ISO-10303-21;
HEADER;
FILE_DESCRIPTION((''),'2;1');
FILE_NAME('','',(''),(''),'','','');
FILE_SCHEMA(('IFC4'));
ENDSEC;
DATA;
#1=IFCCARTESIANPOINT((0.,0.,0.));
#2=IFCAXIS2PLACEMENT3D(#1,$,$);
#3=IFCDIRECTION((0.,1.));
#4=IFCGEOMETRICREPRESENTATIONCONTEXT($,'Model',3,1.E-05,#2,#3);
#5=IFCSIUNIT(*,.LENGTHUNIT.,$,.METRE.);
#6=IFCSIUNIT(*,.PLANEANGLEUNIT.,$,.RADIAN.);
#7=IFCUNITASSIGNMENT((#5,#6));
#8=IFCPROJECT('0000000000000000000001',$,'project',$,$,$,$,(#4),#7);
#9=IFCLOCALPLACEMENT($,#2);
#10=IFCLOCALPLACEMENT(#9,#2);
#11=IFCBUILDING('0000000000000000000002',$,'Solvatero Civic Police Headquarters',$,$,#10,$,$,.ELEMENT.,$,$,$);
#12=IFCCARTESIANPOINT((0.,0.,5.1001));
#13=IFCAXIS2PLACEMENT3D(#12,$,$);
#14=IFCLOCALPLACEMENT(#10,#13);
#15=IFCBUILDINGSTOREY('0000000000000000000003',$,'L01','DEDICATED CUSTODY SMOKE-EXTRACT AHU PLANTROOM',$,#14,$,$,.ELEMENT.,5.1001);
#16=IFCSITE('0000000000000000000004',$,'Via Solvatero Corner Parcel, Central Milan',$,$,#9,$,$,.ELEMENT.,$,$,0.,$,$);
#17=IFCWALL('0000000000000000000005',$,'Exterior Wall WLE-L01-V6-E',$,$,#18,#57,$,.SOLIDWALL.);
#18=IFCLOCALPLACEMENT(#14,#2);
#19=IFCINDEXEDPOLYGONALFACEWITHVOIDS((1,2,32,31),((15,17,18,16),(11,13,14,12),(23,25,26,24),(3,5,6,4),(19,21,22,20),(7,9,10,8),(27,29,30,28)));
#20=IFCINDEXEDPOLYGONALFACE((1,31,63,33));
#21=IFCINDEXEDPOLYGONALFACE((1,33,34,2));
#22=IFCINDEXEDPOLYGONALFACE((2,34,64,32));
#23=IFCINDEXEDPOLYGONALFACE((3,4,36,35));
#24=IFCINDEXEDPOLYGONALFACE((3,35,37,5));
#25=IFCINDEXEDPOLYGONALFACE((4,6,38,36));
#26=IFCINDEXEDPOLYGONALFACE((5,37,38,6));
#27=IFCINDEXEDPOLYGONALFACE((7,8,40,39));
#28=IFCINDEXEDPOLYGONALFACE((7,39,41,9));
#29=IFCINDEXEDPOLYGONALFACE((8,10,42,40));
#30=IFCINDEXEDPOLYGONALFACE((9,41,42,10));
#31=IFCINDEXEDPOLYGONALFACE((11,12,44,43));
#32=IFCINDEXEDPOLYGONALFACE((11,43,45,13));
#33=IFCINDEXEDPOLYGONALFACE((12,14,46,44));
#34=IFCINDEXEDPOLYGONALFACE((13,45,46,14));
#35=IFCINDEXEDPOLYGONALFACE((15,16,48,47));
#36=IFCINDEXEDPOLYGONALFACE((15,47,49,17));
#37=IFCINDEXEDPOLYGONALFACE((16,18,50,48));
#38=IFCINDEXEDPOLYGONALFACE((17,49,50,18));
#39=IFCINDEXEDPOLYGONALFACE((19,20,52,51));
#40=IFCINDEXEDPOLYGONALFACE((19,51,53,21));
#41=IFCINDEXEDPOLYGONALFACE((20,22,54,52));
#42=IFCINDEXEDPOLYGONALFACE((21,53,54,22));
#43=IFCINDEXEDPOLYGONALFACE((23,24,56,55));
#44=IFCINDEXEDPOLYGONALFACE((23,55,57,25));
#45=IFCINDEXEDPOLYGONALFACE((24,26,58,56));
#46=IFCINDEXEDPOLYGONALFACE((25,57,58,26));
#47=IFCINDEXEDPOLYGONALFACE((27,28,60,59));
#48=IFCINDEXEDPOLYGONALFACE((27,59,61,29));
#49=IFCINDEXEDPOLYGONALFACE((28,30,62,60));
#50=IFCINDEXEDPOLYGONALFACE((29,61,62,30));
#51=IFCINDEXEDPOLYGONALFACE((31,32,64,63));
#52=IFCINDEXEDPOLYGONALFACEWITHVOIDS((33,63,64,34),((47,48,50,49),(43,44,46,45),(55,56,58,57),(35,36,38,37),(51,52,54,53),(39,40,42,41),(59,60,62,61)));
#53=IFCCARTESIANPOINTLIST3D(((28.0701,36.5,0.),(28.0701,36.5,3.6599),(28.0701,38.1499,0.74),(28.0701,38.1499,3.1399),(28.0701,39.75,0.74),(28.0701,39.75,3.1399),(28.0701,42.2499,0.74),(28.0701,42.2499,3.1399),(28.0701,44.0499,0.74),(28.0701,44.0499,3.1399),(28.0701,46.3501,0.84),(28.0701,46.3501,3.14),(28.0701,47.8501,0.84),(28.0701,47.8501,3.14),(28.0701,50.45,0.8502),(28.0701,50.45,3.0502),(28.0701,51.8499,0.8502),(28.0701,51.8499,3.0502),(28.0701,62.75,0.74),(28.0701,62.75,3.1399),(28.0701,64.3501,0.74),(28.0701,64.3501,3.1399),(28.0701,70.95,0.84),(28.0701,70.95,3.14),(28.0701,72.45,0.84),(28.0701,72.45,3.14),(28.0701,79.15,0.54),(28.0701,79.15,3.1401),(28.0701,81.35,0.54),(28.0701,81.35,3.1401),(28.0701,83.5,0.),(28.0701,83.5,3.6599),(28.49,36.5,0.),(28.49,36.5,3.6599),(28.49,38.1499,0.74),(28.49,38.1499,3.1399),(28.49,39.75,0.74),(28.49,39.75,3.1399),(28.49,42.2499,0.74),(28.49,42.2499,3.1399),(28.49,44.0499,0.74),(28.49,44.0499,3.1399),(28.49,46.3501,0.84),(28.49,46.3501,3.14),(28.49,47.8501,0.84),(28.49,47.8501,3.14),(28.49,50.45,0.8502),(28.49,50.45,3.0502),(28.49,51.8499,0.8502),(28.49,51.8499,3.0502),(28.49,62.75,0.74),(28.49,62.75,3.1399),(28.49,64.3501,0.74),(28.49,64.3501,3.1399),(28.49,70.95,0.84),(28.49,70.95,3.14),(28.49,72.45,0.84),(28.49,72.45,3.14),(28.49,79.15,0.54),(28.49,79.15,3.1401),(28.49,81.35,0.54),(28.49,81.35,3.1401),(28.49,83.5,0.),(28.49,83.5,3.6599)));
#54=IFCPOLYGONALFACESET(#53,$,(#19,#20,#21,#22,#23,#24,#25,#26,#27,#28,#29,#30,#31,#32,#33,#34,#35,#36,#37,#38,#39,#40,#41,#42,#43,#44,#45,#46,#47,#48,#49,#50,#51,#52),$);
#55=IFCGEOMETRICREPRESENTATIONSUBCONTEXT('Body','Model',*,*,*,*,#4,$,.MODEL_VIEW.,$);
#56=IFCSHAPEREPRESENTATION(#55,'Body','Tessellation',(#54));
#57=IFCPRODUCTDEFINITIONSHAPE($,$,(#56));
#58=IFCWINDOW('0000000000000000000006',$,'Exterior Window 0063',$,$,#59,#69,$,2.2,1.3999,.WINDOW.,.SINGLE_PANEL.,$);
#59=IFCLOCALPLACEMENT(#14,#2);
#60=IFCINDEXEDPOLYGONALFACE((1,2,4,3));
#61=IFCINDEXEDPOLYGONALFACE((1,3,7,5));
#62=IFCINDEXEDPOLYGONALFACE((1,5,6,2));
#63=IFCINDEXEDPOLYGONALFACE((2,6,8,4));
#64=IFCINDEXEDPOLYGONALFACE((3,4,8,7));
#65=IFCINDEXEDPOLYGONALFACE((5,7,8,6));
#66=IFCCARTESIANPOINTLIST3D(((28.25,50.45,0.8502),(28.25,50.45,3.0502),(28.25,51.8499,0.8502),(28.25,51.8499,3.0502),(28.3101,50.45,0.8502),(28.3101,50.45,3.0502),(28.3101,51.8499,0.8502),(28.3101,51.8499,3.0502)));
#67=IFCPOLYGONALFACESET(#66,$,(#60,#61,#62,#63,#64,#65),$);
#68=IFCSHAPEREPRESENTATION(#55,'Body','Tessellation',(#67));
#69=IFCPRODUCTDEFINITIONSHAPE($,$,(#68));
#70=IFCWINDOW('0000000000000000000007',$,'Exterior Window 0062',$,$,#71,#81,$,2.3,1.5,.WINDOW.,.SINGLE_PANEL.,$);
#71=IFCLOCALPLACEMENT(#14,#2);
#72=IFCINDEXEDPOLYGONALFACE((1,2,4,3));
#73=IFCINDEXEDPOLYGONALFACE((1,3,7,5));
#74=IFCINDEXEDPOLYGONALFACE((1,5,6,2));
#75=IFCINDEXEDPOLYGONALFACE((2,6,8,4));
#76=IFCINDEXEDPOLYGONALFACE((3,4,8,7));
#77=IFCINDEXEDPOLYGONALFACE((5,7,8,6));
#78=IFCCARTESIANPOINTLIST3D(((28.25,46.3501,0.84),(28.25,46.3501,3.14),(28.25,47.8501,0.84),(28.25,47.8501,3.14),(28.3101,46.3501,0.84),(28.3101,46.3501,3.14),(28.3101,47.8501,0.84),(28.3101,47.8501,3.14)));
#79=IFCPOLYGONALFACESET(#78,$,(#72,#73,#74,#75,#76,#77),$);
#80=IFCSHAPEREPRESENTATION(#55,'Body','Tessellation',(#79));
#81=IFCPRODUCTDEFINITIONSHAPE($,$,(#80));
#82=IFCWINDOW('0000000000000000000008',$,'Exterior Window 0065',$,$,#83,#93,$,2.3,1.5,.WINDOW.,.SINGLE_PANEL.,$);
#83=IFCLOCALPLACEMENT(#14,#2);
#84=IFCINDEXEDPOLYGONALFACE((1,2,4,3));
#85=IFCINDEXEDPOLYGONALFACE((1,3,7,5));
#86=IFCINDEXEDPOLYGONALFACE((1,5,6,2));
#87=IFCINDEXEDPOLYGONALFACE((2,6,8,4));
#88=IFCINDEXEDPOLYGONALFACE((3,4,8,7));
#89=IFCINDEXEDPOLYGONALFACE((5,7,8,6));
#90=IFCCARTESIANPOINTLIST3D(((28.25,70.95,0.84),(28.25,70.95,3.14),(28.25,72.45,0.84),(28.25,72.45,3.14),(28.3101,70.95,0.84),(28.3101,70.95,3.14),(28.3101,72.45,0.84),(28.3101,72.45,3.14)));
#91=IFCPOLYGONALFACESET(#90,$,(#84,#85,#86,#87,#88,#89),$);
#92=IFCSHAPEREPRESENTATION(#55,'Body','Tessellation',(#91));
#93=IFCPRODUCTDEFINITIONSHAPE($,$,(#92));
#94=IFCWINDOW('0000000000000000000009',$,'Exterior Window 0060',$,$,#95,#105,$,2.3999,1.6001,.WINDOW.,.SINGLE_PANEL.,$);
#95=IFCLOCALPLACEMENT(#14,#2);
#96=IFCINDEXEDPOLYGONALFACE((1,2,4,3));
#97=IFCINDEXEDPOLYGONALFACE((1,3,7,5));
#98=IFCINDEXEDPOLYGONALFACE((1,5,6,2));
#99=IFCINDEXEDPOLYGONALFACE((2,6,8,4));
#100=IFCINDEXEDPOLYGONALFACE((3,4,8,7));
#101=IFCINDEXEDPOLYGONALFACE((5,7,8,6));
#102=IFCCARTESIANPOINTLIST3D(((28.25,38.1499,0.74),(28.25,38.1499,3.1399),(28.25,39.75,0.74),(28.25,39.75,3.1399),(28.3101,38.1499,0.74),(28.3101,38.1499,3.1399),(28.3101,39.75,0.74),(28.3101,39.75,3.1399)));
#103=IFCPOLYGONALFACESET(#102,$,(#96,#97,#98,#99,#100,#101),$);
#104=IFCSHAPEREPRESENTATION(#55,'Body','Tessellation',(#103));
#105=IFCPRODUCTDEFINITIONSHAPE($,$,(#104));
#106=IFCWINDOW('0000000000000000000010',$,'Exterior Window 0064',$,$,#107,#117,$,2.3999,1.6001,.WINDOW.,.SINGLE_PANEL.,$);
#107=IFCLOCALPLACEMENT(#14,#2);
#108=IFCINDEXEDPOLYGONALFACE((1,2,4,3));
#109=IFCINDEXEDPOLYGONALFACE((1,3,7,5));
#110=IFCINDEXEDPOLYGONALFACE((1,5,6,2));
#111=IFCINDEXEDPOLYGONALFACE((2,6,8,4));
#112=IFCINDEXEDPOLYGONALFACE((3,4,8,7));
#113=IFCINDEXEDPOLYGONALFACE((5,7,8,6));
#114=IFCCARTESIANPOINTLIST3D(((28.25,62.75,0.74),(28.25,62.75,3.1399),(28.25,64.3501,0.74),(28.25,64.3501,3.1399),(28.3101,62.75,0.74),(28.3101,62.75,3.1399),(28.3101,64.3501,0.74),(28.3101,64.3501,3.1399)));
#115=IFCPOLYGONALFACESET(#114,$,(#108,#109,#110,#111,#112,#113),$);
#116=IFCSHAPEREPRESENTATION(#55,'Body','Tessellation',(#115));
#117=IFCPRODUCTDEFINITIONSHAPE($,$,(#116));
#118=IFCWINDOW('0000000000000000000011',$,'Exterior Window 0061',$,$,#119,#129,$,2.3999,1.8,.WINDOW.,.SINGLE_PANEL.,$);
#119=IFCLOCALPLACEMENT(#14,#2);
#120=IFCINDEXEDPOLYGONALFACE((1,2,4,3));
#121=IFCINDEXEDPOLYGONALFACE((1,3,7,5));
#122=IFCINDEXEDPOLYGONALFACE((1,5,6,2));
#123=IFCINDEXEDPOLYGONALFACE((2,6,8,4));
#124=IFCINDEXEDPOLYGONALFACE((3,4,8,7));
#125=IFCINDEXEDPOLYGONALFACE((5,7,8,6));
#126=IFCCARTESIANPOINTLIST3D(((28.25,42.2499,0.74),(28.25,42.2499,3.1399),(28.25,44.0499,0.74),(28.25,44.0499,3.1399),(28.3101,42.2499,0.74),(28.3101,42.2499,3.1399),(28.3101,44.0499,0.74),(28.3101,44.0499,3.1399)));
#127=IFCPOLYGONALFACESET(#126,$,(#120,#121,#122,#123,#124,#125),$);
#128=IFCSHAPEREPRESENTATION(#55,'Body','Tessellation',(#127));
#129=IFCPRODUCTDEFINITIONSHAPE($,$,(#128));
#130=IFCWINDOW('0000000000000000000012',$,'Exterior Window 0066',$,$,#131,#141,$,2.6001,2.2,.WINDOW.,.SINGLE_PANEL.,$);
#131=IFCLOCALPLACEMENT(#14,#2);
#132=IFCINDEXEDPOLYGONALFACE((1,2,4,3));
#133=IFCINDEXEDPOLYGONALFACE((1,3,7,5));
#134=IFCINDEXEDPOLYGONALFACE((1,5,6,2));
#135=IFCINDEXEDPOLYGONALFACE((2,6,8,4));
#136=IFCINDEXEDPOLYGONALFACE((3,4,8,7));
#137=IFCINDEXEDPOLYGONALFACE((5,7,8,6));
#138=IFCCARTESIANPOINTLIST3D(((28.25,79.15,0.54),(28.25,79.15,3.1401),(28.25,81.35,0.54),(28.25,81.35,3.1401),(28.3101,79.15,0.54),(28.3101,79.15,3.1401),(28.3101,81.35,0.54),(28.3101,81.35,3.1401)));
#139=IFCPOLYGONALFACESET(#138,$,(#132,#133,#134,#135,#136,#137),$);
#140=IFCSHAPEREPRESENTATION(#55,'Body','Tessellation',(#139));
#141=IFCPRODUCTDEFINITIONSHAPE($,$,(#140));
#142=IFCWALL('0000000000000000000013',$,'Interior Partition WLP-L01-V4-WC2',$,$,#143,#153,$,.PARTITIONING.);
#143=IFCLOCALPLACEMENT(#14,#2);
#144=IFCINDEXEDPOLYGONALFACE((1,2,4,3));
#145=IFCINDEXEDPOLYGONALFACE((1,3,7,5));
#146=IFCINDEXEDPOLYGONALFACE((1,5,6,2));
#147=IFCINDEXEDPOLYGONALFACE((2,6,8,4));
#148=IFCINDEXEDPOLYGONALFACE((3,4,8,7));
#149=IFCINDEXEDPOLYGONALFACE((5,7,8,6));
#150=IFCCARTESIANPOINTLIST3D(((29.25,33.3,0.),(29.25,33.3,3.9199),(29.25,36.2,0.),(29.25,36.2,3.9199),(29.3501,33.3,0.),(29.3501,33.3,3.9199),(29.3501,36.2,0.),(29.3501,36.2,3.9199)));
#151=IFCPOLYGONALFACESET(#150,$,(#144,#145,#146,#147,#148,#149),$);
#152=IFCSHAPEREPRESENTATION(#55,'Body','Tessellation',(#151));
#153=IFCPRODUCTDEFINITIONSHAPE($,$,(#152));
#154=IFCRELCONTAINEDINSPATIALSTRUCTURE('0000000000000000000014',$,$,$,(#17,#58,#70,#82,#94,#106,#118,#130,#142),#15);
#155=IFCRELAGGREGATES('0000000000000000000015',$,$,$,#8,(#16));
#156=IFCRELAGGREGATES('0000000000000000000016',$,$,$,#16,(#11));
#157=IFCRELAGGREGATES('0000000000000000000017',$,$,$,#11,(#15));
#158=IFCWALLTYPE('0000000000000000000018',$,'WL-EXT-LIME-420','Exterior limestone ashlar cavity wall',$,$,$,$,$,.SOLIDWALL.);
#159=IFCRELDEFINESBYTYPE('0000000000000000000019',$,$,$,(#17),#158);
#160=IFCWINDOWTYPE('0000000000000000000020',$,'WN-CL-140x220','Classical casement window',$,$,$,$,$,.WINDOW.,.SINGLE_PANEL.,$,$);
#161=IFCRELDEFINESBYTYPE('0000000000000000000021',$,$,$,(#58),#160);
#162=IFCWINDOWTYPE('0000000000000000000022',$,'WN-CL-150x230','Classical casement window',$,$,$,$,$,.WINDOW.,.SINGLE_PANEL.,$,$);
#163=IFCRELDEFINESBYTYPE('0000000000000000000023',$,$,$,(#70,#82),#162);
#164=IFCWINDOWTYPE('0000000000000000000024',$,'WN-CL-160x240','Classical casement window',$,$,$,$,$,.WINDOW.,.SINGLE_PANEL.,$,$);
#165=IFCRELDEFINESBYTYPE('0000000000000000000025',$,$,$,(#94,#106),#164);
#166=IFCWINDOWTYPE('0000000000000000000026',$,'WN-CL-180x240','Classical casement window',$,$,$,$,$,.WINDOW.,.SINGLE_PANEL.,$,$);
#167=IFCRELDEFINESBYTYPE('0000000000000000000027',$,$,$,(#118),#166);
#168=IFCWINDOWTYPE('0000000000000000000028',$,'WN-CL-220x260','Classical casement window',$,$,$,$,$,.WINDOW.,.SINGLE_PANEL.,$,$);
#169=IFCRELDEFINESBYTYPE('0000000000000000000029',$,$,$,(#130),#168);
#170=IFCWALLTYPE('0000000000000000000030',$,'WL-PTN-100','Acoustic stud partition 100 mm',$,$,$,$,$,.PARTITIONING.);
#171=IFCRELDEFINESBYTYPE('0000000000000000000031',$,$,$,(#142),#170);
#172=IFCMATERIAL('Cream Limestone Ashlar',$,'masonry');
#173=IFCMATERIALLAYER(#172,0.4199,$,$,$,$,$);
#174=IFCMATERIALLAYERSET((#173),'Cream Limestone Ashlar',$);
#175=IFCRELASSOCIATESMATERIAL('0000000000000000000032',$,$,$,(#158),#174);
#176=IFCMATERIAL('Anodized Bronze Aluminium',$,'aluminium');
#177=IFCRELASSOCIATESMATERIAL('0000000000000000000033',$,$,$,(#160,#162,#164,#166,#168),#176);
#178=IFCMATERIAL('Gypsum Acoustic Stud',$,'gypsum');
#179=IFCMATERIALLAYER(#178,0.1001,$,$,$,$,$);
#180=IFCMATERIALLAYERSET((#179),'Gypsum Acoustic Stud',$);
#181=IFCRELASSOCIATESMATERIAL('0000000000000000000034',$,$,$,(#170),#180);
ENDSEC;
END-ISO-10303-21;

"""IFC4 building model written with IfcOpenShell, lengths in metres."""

from ifc_helpers import new_model, si_unit, direction, frame, frame_2d, origin, place, context, subcontext, project, spatial, rectangle, extrude, material, layer, layer_set, type_object, element, fill, save


model = new_model("IFC4")

# Units and contexts
model_context = context("Model", 3, precision=1e-05, world=origin(), true_north=direction((0.0, 1.0)))
body_context = subcontext(model_context, "Body", "Model", "MODEL_VIEW")
ifc_project = project(units=[si_unit("LENGTHUNIT", "METRE"), si_unit("PLANEANGLEUNIT", "RADIAN")], contexts=[model_context])

# Site, building, storey
site_placement = place(None, origin())
site = spatial("IfcSite", under=ifc_project, at=site_placement, Name="Via Solvatero Corner Parcel, Central Milan", CompositionType="ELEMENT", RefElevation=0.0)
building_placement = place(site_placement, origin())
building = spatial("IfcBuilding", under=site, at=building_placement, Name="Solvatero Civic Police Headquarters", CompositionType="ELEMENT")
storey_placement = place(building_placement, frame((0.0, 0.0, 5.1001)))
storey = spatial("IfcBuildingStorey", under=building, at=storey_placement, Name="L01", Description="DEDICATED CUSTODY SMOKE-EXTRACT AHU PLANTROOM", CompositionType="ELEMENT", Elevation=5.1001)

# Shared definitions
ifc_material_1 = material(Name="Anodized Bronze Aluminium", Category="aluminium")

# Shared definitions
ifc_material_2 = material(Name="Cream Limestone Ashlar", Category="masonry")
ifc_layer_1 = layer(ifc_material_2, 0.4199)
ifc_layer_set_1 = layer_set([ifc_layer_1], Name="Cream Limestone Ashlar")
wall_type_1 = type_object("IfcWallType", Name="WL-EXT-LIME-420", Description="Exterior limestone ashlar cavity wall", PredefinedType="SOLIDWALL", material=ifc_layer_set_1)

# Wall, openings, windows
wall_1_placement = place(storey_placement, frame((28.28, 36.5, 0.0), z_axis=(0.0, 0.0, 1.0), x_axis=(0.0, 1.0, 0.0)))
wall_1 = element("IfcWall", 1, at=wall_1_placement, inside=storey, type_object=wall_type_1, Name="Exterior Wall WLE-L01-V6-E", PredefinedType="SOLIDWALL", context=body_context, shape_type="SweptSolid", body=[
    extrude(rectangle(XDim=47.0, YDim=0.4199, at=frame_2d((23.5, 0.0))), origin(), (0.0, 0.0, 1.0), 3.6599),
])
opening_1_placement = place(wall_1_placement, frame((1.6499, 0.0, 0.74)))
opening_1 = element("IfcOpeningElement", 2, at=opening_1_placement, cuts=wall_1, PredefinedType="OPENING", context=body_context, shape_type="SweptSolid", body=[
    extrude(rectangle(XDim=1.6001, YDim=2.3999, at=frame_2d((0.8, 1.2))), frame((0.0, 0.22, 0.0), z_axis=(0.0, -1.0, 0.0), x_axis=(1.0, 0.0, 0.0)), (0.0, 0.0, 1.0), 0.4399),
])
opening_2_placement = place(wall_1_placement, frame((5.75, 0.0, 0.74)))
opening_2 = element("IfcOpeningElement", 3, at=opening_2_placement, cuts=wall_1, PredefinedType="OPENING", context=body_context, shape_type="SweptSolid", body=[
    extrude(rectangle(XDim=1.8, YDim=2.3999, at=frame_2d((0.8999, 1.2))), frame((0.0, 0.22, 0.0), z_axis=(0.0, -1.0, 0.0), x_axis=(1.0, 0.0, 0.0)), (0.0, 0.0, 1.0), 0.4399),
])
opening_3_placement = place(wall_1_placement, frame((9.8501, 0.0, 0.8401)))
opening_3 = element("IfcOpeningElement", 4, at=opening_3_placement, cuts=wall_1, PredefinedType="OPENING", context=body_context, shape_type="SweptSolid", body=[
    extrude(rectangle(XDim=1.5, YDim=2.3, at=frame_2d((0.75, 1.1499))), frame((0.0, 0.22, 0.0), z_axis=(0.0, -1.0, 0.0), x_axis=(1.0, 0.0, 0.0)), (0.0, 0.0, 1.0), 0.4399),
])
opening_4_placement = place(wall_1_placement, frame((13.95, 0.0, 0.8501)))
opening_4 = element("IfcOpeningElement", 5, at=opening_4_placement, cuts=wall_1, PredefinedType="OPENING", context=body_context, shape_type="SweptSolid", body=[
    extrude(rectangle(XDim=1.3999, YDim=2.2, at=frame_2d((0.7, 1.1001))), frame((0.0, 0.22, 0.0), z_axis=(0.0, -1.0, 0.0), x_axis=(1.0, 0.0, 0.0)), (0.0, 0.0, 1.0), 0.4399),
])
opening_5_placement = place(wall_1_placement, frame((26.25, 0.0, 0.74)))
opening_5 = element("IfcOpeningElement", 6, at=opening_5_placement, cuts=wall_1, PredefinedType="OPENING", context=body_context, shape_type="SweptSolid", body=[
    extrude(rectangle(XDim=1.6001, YDim=2.3999, at=frame_2d((0.8, 1.2))), frame((0.0, 0.22, 0.0), z_axis=(0.0, -1.0, 0.0), x_axis=(1.0, 0.0, 0.0)), (0.0, 0.0, 1.0), 0.4399),
])
opening_6_placement = place(wall_1_placement, frame((34.45, 0.0, 0.8401)))
opening_6 = element("IfcOpeningElement", 7, at=opening_6_placement, cuts=wall_1, PredefinedType="OPENING", context=body_context, shape_type="SweptSolid", body=[
    extrude(rectangle(XDim=1.5, YDim=2.3, at=frame_2d((0.75, 1.1499))), frame((0.0, 0.22, 0.0), z_axis=(0.0, -1.0, 0.0), x_axis=(1.0, 0.0, 0.0)), (0.0, 0.0, 1.0), 0.4399),
])
opening_7_placement = place(wall_1_placement, frame((42.6499, 0.0, 0.54)))
opening_7 = element("IfcOpeningElement", 8, at=opening_7_placement, cuts=wall_1, PredefinedType="OPENING", context=body_context, shape_type="SweptSolid", body=[
    extrude(rectangle(XDim=2.2, YDim=2.6001, at=frame_2d((1.1001, 1.3))), frame((0.0, 0.22, 0.0), z_axis=(0.0, -1.0, 0.0), x_axis=(1.0, 0.0, 0.0)), (0.0, 0.0, 1.0), 0.4399),
])
window_type_1 = type_object("IfcWindowType", Name="WN-CL-140x220", Description="Classical casement window", PartitioningType="SINGLE_PANEL", PredefinedType="WINDOW", material=ifc_material_1)
window_1_placement = place(opening_4_placement, origin())
window_1 = element("IfcWindow", 9, at=window_1_placement, inside=storey, type_object=window_type_1, Name="Exterior Window 0063", OverallHeight=2.2, OverallWidth=1.3999, PartitioningType="SINGLE_PANEL", PredefinedType="WINDOW", context=body_context, shape_type="SweptSolid", body=[
    extrude(rectangle(XDim=1.3999, YDim=2.2, at=frame_2d((0.7, 1.1001))), frame((0.0, 0.03, 0.0), z_axis=(0.0, -1.0, 0.0), x_axis=(1.0, 0.0, 0.0)), (0.0, 0.0, 1.0), 0.0601),
])
fill(opening_4, window_1)
window_type_2 = type_object("IfcWindowType", Name="WN-CL-150x230", Description="Classical casement window", PartitioningType="SINGLE_PANEL", PredefinedType="WINDOW", material=ifc_material_1)
window_2_placement = place(opening_3_placement, origin())
window_2 = element("IfcWindow", 10, at=window_2_placement, inside=storey, type_object=window_type_2, Name="Exterior Window 0062", OverallHeight=2.3, OverallWidth=1.5, PartitioningType="SINGLE_PANEL", PredefinedType="WINDOW", context=body_context, shape_type="SweptSolid", body=[
    extrude(rectangle(XDim=1.5, YDim=2.3, at=frame_2d((0.75, 1.1499))), frame((0.0, 0.03, 0.0), z_axis=(0.0, -1.0, 0.0), x_axis=(1.0, 0.0, 0.0)), (0.0, 0.0, 1.0), 0.0601),
])
fill(opening_3, window_2)
window_3_placement = place(opening_6_placement, origin())
window_3 = element("IfcWindow", 11, at=window_3_placement, inside=storey, type_object=window_type_2, Name="Exterior Window 0065", OverallHeight=2.3, OverallWidth=1.5, PartitioningType="SINGLE_PANEL", PredefinedType="WINDOW", context=body_context, shape_type="SweptSolid", body=[
    extrude(rectangle(XDim=1.5, YDim=2.3, at=frame_2d((0.75, 1.1499))), frame((0.0, 0.03, 0.0), z_axis=(0.0, -1.0, 0.0), x_axis=(1.0, 0.0, 0.0)), (0.0, 0.0, 1.0), 0.0601),
])
fill(opening_6, window_3)
window_type_3 = type_object("IfcWindowType", Name="WN-CL-160x240", Description="Classical casement window", PartitioningType="SINGLE_PANEL", PredefinedType="WINDOW", material=ifc_material_1)
window_4_placement = place(opening_1_placement, origin())
window_4 = element("IfcWindow", 12, at=window_4_placement, inside=storey, type_object=window_type_3, Name="Exterior Window 0060", OverallHeight=2.3999, OverallWidth=1.6001, PartitioningType="SINGLE_PANEL", PredefinedType="WINDOW", context=body_context, shape_type="SweptSolid", body=[
    extrude(rectangle(XDim=1.6001, YDim=2.3999, at=frame_2d((0.8, 1.2))), frame((0.0, 0.03, 0.0), z_axis=(0.0, -1.0, 0.0), x_axis=(1.0, 0.0, 0.0)), (0.0, 0.0, 1.0), 0.0601),
])
fill(opening_1, window_4)
window_5_placement = place(opening_5_placement, origin())
window_5 = element("IfcWindow", 13, at=window_5_placement, inside=storey, type_object=window_type_3, Name="Exterior Window 0064", OverallHeight=2.3999, OverallWidth=1.6001, PartitioningType="SINGLE_PANEL", PredefinedType="WINDOW", context=body_context, shape_type="SweptSolid", body=[
    extrude(rectangle(XDim=1.6001, YDim=2.3999, at=frame_2d((0.8, 1.2))), frame((0.0, 0.03, 0.0), z_axis=(0.0, -1.0, 0.0), x_axis=(1.0, 0.0, 0.0)), (0.0, 0.0, 1.0), 0.0601),
])
fill(opening_5, window_5)
window_type_4 = type_object("IfcWindowType", Name="WN-CL-180x240", Description="Classical casement window", PartitioningType="SINGLE_PANEL", PredefinedType="WINDOW", material=ifc_material_1)
window_6_placement = place(opening_2_placement, origin())
window_6 = element("IfcWindow", 14, at=window_6_placement, inside=storey, type_object=window_type_4, Name="Exterior Window 0061", OverallHeight=2.3999, OverallWidth=1.8, PartitioningType="SINGLE_PANEL", PredefinedType="WINDOW", context=body_context, shape_type="SweptSolid", body=[
    extrude(rectangle(XDim=1.8, YDim=2.3999, at=frame_2d((0.8999, 1.2))), frame((0.0, 0.03, 0.0), z_axis=(0.0, -1.0, 0.0), x_axis=(1.0, 0.0, 0.0)), (0.0, 0.0, 1.0), 0.0601),
])
fill(opening_2, window_6)
window_type_5 = type_object("IfcWindowType", Name="WN-CL-220x260", Description="Classical casement window", PartitioningType="SINGLE_PANEL", PredefinedType="WINDOW", material=ifc_material_1)
window_7_placement = place(opening_7_placement, origin())
window_7 = element("IfcWindow", 15, at=window_7_placement, inside=storey, type_object=window_type_5, Name="Exterior Window 0066", OverallHeight=2.6001, OverallWidth=2.2, PartitioningType="SINGLE_PANEL", PredefinedType="WINDOW", context=body_context, shape_type="SweptSolid", body=[
    extrude(rectangle(XDim=2.2, YDim=2.6001, at=frame_2d((1.1001, 1.3))), frame((0.0, 0.03, 0.0), z_axis=(0.0, -1.0, 0.0), x_axis=(1.0, 0.0, 0.0)), (0.0, 0.0, 1.0), 0.0601),
])
fill(opening_7, window_7)

# Wall
ifc_material_3 = material(Name="Gypsum Acoustic Stud", Category="gypsum")
ifc_layer_2 = layer(ifc_material_3, 0.1001)
ifc_layer_set_2 = layer_set([ifc_layer_2], Name="Gypsum Acoustic Stud")
wall_type_2 = type_object("IfcWallType", Name="WL-PTN-100", Description="Acoustic stud partition 100 mm", PredefinedType="PARTITIONING", material=ifc_layer_set_2)
wall_2_placement = place(storey_placement, frame((29.3, 33.3, 0.0), z_axis=(0.0, 0.0, 1.0), x_axis=(0.0, 1.0, 0.0)))
element("IfcWall", 16, at=wall_2_placement, inside=storey, type_object=wall_type_2, Name="Interior Partition WLP-L01-V4-WC2", PredefinedType="PARTITIONING", context=body_context, shape_type="SweptSolid", body=[
    extrude(rectangle(XDim=2.8999, YDim=0.1001, at=frame_2d((1.45, 0.0))), origin(), (0.0, 0.0, 1.0), 3.9199),
])

save(model, "model.ifc")
